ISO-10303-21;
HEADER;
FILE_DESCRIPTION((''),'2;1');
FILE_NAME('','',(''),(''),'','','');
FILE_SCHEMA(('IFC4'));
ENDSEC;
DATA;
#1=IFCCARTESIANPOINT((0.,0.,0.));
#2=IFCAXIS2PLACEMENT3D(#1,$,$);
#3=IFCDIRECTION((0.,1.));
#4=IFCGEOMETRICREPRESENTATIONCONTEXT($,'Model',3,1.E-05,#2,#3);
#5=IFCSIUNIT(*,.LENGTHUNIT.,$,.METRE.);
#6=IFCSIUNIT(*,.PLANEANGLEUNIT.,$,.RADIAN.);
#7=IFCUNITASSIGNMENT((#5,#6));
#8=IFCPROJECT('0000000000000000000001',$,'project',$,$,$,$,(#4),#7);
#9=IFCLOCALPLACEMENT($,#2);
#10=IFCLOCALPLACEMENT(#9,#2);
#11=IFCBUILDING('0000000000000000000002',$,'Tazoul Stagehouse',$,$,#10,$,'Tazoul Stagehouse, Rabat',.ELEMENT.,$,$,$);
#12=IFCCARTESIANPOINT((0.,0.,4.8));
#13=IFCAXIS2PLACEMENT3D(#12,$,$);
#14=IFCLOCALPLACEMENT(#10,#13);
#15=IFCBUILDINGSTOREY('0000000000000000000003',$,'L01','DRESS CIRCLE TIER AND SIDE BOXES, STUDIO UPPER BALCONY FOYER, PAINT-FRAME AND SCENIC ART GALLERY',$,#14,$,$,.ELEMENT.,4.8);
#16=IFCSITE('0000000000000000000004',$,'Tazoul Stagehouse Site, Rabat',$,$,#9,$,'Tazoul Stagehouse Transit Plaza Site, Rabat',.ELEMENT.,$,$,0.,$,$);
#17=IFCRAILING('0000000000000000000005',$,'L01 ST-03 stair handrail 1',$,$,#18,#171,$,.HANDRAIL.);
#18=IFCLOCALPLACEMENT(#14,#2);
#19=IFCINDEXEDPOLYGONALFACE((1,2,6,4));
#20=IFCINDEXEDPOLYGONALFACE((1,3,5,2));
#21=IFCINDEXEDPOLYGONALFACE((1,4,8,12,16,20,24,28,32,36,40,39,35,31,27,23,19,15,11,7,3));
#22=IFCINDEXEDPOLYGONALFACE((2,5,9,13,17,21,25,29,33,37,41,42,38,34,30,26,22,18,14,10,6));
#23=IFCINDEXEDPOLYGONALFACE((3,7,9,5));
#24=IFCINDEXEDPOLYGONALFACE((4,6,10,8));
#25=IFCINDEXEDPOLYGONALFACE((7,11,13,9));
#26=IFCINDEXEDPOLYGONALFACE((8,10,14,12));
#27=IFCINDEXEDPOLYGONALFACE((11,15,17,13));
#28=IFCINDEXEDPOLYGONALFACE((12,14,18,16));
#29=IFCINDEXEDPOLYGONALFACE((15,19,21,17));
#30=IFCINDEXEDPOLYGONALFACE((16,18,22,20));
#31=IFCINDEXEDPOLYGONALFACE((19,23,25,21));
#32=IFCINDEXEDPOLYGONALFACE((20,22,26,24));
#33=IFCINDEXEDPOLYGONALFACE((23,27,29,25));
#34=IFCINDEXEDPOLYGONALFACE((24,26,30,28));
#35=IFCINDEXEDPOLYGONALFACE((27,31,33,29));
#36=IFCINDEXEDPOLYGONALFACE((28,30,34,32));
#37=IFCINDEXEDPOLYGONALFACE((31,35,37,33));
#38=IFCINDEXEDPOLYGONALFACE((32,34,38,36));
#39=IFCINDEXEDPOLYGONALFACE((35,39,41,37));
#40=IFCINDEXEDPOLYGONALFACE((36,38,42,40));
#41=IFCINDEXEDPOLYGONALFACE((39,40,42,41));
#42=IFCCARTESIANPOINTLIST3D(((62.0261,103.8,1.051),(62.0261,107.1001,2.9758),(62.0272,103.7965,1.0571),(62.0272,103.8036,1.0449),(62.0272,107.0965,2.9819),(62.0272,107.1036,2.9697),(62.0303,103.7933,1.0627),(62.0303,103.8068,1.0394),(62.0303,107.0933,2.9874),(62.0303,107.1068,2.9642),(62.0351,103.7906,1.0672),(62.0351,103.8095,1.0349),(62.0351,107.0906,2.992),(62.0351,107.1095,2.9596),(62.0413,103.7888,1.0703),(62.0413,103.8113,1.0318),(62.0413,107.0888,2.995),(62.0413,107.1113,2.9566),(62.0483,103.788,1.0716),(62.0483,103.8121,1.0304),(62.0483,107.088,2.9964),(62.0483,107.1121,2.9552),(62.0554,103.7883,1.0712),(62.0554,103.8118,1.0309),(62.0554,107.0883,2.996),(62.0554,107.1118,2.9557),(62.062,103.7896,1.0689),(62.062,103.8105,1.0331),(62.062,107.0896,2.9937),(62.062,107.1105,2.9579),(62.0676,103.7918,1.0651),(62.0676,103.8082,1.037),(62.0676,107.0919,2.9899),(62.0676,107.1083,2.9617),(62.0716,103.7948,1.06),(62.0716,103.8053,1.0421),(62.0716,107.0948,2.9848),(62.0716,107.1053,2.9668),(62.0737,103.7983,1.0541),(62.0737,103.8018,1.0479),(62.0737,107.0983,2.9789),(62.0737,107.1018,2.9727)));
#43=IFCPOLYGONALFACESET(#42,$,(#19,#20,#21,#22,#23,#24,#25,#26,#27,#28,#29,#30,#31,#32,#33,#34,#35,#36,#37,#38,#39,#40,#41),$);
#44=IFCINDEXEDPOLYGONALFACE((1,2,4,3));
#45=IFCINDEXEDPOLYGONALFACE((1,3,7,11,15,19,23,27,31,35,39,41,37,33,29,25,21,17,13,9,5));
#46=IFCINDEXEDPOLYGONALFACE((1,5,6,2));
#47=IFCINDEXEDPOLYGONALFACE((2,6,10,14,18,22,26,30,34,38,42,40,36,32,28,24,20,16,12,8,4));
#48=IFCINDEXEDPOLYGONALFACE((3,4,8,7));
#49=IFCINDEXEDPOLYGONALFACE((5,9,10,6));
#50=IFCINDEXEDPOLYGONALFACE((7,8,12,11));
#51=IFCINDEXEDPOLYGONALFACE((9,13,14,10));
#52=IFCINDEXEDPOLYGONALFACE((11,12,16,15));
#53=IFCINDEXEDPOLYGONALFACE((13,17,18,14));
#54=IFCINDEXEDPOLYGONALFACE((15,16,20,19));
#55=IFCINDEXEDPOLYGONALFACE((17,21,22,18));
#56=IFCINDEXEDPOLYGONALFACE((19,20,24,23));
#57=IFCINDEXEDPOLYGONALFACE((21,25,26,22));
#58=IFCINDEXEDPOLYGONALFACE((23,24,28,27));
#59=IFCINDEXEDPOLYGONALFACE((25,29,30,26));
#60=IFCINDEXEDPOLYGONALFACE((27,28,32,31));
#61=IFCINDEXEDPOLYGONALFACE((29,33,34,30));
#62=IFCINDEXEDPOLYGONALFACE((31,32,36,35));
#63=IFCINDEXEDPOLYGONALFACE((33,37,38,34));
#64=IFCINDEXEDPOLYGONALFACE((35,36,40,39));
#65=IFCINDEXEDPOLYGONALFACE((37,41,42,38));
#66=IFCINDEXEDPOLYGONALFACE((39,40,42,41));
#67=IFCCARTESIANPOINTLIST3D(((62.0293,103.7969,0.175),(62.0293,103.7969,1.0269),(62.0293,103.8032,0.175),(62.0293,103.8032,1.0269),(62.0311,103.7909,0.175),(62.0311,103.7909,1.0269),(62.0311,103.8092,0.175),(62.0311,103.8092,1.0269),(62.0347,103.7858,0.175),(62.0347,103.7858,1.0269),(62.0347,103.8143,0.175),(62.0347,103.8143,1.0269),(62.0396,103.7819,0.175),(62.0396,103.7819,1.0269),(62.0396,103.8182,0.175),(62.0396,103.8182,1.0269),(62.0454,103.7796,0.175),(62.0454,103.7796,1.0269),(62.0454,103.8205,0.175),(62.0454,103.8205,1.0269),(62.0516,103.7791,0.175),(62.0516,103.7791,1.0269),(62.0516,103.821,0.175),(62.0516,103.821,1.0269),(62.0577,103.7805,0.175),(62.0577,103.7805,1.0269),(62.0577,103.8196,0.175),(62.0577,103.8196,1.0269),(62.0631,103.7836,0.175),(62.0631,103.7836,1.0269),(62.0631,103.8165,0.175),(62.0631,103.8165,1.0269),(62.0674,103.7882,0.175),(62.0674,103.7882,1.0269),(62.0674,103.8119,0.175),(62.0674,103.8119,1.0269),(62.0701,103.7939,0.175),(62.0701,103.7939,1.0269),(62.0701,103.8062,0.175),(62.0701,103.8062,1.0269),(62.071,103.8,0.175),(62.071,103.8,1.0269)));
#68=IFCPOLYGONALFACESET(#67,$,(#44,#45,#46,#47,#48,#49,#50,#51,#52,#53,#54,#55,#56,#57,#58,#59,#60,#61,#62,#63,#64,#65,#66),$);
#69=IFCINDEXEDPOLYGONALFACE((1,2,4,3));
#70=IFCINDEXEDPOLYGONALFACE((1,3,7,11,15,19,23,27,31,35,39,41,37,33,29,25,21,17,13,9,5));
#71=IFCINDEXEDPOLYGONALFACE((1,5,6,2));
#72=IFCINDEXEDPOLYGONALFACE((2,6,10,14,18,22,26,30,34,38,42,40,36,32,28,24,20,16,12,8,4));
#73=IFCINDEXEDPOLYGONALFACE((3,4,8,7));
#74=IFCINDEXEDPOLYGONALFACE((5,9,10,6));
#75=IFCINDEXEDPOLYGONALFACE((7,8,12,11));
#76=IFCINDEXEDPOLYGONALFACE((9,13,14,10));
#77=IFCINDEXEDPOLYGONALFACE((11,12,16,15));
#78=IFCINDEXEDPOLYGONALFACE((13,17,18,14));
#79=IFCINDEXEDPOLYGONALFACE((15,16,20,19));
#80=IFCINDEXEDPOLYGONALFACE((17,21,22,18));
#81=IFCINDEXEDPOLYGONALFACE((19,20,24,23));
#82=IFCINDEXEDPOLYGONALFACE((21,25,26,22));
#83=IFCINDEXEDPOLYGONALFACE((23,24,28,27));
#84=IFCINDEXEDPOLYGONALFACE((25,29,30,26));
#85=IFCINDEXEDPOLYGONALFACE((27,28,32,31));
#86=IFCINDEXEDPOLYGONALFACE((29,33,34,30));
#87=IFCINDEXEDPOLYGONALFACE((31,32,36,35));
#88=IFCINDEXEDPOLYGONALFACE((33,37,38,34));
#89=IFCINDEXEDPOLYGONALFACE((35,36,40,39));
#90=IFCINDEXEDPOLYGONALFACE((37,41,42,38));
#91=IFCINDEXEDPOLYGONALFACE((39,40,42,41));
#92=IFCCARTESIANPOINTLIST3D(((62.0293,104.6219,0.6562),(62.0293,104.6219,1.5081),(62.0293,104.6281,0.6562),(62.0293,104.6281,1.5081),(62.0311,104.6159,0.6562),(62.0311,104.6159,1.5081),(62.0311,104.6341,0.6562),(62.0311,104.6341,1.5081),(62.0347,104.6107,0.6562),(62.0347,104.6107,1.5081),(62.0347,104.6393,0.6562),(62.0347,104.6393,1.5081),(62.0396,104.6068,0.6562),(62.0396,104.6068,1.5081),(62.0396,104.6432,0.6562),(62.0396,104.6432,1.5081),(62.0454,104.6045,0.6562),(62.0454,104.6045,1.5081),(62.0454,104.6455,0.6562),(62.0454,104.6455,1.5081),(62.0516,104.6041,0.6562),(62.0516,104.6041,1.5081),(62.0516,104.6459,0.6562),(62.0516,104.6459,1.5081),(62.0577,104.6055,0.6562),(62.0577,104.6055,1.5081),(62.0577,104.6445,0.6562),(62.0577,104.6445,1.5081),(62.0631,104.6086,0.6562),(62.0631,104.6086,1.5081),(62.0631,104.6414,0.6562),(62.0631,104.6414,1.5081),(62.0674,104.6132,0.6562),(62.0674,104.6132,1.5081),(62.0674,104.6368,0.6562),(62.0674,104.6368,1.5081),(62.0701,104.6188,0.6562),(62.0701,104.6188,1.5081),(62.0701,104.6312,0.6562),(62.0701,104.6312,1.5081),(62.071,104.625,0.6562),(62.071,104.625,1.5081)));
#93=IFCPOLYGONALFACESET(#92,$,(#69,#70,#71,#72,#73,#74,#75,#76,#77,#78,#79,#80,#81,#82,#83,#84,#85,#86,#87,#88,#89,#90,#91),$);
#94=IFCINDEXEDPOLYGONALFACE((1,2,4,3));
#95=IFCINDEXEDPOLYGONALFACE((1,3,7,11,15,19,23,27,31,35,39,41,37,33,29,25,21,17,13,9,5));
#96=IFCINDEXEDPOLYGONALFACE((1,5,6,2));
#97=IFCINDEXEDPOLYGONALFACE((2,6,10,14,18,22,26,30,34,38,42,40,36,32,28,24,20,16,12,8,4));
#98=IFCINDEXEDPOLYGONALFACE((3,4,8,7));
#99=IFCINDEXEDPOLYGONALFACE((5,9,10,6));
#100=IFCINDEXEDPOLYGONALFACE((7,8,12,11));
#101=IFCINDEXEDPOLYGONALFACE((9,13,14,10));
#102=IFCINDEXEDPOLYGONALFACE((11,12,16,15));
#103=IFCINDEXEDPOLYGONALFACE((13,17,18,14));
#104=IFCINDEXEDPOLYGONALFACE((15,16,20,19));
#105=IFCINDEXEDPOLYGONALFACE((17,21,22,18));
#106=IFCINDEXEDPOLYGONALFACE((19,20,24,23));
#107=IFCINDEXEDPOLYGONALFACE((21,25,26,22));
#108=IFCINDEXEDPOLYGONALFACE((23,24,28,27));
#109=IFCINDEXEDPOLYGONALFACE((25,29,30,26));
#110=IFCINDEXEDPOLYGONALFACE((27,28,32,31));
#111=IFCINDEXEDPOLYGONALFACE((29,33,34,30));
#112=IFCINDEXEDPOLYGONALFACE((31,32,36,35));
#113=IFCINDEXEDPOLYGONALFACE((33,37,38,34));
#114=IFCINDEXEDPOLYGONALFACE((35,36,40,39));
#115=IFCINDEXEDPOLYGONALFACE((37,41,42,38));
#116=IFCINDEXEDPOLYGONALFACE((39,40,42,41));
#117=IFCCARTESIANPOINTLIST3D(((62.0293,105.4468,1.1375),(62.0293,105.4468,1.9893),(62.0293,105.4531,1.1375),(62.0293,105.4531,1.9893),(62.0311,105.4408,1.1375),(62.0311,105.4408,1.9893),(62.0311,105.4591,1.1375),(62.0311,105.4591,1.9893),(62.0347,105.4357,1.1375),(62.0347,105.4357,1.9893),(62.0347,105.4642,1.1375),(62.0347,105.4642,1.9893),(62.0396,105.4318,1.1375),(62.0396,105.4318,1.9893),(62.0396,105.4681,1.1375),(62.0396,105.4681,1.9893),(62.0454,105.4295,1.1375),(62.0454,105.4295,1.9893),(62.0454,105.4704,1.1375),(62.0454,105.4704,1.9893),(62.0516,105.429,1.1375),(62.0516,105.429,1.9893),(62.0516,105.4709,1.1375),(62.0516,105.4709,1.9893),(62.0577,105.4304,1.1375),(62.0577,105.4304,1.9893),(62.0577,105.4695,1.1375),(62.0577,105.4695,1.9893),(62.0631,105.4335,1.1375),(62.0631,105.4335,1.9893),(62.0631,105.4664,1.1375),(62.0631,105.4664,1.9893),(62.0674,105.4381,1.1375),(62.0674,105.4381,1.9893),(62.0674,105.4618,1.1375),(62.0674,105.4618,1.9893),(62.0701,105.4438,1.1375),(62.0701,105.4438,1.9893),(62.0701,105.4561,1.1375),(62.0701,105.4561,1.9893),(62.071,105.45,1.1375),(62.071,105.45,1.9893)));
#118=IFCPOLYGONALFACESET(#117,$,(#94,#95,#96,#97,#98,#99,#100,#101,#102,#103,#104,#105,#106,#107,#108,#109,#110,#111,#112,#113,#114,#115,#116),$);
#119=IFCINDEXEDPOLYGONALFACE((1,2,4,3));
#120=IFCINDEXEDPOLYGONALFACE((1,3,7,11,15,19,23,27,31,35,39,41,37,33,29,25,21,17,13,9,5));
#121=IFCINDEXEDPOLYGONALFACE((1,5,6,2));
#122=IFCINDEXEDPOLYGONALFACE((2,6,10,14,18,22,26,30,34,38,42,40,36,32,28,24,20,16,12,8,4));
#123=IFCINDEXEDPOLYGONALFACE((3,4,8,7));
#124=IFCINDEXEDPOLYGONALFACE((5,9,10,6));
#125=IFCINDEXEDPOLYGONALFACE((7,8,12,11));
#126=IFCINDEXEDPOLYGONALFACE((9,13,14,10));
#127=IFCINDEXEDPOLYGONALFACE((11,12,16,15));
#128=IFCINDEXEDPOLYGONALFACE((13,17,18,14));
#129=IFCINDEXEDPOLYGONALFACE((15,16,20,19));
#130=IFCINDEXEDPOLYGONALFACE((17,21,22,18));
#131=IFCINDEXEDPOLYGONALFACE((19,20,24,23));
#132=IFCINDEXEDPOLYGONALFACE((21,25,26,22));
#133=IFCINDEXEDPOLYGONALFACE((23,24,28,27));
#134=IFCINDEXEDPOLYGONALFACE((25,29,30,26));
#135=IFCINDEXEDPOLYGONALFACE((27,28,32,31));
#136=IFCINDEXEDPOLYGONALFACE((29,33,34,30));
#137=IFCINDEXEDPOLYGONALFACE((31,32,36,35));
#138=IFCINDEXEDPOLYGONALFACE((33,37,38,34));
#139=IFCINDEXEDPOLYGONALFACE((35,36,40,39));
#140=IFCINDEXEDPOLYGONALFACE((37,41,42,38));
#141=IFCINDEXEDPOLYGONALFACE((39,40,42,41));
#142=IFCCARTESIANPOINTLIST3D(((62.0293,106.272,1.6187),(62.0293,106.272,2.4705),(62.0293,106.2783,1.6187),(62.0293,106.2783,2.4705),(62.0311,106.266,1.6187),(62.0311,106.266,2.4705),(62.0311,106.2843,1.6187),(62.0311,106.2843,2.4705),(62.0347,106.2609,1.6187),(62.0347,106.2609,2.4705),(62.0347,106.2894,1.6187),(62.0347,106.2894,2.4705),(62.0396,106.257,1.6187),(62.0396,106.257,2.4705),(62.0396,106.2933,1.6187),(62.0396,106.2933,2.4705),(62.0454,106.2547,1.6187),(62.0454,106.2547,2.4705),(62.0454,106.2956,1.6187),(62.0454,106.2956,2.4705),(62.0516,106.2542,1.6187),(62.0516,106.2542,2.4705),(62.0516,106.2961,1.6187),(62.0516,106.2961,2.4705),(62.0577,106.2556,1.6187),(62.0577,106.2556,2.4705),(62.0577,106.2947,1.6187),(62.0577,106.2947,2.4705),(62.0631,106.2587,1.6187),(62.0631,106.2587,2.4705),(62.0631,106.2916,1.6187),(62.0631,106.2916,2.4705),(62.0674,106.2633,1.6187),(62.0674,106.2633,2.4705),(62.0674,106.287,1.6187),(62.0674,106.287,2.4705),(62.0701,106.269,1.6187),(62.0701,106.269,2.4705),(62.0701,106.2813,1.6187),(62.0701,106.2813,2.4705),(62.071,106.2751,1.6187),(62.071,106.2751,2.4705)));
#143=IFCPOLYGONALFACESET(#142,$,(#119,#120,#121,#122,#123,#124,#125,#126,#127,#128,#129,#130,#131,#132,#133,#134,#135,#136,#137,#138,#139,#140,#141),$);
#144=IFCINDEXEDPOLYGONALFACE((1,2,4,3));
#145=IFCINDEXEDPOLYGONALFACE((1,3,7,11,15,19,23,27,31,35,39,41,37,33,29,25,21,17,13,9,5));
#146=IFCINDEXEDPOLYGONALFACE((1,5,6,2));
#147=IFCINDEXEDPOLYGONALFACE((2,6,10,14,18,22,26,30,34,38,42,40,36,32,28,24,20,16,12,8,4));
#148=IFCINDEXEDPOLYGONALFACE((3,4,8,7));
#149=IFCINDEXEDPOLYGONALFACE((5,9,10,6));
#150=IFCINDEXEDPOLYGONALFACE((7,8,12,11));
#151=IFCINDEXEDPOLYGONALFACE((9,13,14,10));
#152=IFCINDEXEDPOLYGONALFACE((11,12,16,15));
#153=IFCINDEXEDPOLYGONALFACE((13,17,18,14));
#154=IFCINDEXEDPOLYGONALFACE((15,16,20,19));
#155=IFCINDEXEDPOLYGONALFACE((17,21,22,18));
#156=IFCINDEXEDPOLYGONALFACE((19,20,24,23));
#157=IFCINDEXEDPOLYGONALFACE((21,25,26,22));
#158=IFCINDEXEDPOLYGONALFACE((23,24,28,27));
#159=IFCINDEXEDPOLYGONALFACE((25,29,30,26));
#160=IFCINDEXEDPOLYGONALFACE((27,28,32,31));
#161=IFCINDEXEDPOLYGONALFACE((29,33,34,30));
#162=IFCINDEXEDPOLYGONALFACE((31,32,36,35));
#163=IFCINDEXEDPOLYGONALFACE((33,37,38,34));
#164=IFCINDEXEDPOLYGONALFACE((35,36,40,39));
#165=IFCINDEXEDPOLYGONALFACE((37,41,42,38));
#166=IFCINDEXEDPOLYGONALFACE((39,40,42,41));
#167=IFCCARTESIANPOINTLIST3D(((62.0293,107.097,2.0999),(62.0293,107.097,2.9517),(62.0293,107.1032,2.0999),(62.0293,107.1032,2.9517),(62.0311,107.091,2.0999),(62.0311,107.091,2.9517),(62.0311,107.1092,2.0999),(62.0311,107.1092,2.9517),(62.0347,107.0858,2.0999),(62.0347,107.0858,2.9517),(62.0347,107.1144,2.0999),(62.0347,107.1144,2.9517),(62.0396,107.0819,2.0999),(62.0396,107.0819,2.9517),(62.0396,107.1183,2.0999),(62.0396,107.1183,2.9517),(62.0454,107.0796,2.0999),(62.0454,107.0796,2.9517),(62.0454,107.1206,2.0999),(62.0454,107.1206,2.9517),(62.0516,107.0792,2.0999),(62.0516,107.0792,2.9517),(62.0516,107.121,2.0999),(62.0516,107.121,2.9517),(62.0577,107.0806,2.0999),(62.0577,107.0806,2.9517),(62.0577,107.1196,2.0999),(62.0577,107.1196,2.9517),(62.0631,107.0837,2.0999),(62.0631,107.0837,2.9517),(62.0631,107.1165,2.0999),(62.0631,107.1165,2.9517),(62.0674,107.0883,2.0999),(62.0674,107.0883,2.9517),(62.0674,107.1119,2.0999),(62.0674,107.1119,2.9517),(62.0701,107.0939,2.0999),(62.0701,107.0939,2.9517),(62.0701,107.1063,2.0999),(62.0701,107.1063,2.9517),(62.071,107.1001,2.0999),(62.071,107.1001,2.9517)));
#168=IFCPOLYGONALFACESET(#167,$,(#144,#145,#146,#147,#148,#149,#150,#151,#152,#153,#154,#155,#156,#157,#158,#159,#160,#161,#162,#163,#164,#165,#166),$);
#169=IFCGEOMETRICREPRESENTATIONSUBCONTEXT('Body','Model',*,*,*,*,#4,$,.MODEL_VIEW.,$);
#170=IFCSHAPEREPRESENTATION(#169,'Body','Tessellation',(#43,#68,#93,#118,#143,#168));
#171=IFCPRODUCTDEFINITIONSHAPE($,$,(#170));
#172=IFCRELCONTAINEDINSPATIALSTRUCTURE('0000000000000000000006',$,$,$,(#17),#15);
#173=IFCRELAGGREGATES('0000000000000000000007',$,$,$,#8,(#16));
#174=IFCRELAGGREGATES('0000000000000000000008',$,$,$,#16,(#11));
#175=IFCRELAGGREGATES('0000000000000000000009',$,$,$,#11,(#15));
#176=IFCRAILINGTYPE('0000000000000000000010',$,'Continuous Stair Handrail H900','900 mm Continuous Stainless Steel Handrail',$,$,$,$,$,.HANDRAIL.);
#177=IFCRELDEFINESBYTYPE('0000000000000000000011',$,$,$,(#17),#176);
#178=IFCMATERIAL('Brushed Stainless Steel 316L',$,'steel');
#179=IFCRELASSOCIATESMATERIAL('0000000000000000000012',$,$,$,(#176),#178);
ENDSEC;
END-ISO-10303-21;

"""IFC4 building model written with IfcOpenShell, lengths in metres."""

from ifc_helpers import new_model, si_unit, direction, frame, origin, origin_2d, place, context, subcontext, project, spatial, circle, extrude, material, material_profile, profile_set, type_object, element, save


model = new_model("IFC4")

# Units and contexts
model_context = context("Model", 3, precision=1e-05, world=origin(), true_north=direction((0.0, 1.0)))
body_context = subcontext(model_context, "Body", "Model", "MODEL_VIEW")
ifc_project = project(units=[si_unit("LENGTHUNIT", "METRE"), si_unit("PLANEANGLEUNIT", "RADIAN")], contexts=[model_context])

# Site, building, storey
site_placement = place(None, origin())
site = spatial("IfcSite", under=ifc_project, at=site_placement, Name="Tazoul Stagehouse Site, Rabat", LongName="Tazoul Stagehouse Transit Plaza Site, Rabat", CompositionType="ELEMENT", RefElevation=0.0)
building_placement = place(site_placement, origin())
building = spatial("IfcBuilding", under=site, at=building_placement, Name="Tazoul Stagehouse", LongName="Tazoul Stagehouse, Rabat", CompositionType="ELEMENT")
storey_placement = place(building_placement, frame((0.0, 0.0, 4.8)))
storey = spatial("IfcBuildingStorey", under=building, at=storey_placement, Name="L01", Description="DRESS CIRCLE TIER AND SIDE BOXES, STUDIO UPPER BALCONY FOYER, PAINT-FRAME AND SCENIC ART GALLERY", CompositionType="ELEMENT", Elevation=4.8)

# Railing
ifc_material_1 = material(Name="Brushed Stainless Steel 316L", Category="steel")
ifc_material_profile_1 = material_profile(ifc_material_1, circle(Radius=0.021, at=origin_2d()), Name="SS HANDRAIL D42")
ifc_profile_set_1 = profile_set([ifc_material_profile_1], Name="Brushed Stainless Steel 316L")
railing_type_1 = type_object("IfcRailingType", Name="Continuous Stair Handrail H900", Description="900 mm Continuous Stainless Steel Handrail", PredefinedType="HANDRAIL", material=ifc_profile_set_1)
railing_1_placement = place(storey_placement, frame((62.05, 103.8, 0.175)))
element("IfcRailing", 1, at=railing_1_placement, inside=storey, type_object=railing_type_1, Name="L01 ST-03 stair handrail 1", PredefinedType="HANDRAIL", context=body_context, shape_type="SweptSolid", body=[
    extrude(circle(Radius=0.0239, at=origin_2d()), frame((0.0, 0.0, 0.876), z_axis=(0.0, 0.863804, 0.503827), x_axis=(-1.0, 0.0, 0.0)), (0.0, 0.0, 1.0), 3.8203),
    extrude(circle(Radius=0.021, at=origin_2d()), origin(), (0.0, 0.0, 1.0), 0.8518),
    extrude(circle(Radius=0.021, at=origin_2d()), frame((0.0, 0.825, 0.4812)), (0.0, 0.0, 1.0), 0.8518),
    extrude(circle(Radius=0.021, at=origin_2d()), frame((0.0, 1.6499, 0.9624)), (0.0, 0.0, 1.0), 0.8518),
    extrude(circle(Radius=0.021, at=origin_2d()), frame((0.0, 2.4751, 1.4436)), (0.0, 0.0, 1.0), 0.8518),
    extrude(circle(Radius=0.021, at=origin_2d()), frame((0.0, 3.3, 1.9248)), (0.0, 0.0, 1.0), 0.8518),
])

save(model, "model.ifc")
